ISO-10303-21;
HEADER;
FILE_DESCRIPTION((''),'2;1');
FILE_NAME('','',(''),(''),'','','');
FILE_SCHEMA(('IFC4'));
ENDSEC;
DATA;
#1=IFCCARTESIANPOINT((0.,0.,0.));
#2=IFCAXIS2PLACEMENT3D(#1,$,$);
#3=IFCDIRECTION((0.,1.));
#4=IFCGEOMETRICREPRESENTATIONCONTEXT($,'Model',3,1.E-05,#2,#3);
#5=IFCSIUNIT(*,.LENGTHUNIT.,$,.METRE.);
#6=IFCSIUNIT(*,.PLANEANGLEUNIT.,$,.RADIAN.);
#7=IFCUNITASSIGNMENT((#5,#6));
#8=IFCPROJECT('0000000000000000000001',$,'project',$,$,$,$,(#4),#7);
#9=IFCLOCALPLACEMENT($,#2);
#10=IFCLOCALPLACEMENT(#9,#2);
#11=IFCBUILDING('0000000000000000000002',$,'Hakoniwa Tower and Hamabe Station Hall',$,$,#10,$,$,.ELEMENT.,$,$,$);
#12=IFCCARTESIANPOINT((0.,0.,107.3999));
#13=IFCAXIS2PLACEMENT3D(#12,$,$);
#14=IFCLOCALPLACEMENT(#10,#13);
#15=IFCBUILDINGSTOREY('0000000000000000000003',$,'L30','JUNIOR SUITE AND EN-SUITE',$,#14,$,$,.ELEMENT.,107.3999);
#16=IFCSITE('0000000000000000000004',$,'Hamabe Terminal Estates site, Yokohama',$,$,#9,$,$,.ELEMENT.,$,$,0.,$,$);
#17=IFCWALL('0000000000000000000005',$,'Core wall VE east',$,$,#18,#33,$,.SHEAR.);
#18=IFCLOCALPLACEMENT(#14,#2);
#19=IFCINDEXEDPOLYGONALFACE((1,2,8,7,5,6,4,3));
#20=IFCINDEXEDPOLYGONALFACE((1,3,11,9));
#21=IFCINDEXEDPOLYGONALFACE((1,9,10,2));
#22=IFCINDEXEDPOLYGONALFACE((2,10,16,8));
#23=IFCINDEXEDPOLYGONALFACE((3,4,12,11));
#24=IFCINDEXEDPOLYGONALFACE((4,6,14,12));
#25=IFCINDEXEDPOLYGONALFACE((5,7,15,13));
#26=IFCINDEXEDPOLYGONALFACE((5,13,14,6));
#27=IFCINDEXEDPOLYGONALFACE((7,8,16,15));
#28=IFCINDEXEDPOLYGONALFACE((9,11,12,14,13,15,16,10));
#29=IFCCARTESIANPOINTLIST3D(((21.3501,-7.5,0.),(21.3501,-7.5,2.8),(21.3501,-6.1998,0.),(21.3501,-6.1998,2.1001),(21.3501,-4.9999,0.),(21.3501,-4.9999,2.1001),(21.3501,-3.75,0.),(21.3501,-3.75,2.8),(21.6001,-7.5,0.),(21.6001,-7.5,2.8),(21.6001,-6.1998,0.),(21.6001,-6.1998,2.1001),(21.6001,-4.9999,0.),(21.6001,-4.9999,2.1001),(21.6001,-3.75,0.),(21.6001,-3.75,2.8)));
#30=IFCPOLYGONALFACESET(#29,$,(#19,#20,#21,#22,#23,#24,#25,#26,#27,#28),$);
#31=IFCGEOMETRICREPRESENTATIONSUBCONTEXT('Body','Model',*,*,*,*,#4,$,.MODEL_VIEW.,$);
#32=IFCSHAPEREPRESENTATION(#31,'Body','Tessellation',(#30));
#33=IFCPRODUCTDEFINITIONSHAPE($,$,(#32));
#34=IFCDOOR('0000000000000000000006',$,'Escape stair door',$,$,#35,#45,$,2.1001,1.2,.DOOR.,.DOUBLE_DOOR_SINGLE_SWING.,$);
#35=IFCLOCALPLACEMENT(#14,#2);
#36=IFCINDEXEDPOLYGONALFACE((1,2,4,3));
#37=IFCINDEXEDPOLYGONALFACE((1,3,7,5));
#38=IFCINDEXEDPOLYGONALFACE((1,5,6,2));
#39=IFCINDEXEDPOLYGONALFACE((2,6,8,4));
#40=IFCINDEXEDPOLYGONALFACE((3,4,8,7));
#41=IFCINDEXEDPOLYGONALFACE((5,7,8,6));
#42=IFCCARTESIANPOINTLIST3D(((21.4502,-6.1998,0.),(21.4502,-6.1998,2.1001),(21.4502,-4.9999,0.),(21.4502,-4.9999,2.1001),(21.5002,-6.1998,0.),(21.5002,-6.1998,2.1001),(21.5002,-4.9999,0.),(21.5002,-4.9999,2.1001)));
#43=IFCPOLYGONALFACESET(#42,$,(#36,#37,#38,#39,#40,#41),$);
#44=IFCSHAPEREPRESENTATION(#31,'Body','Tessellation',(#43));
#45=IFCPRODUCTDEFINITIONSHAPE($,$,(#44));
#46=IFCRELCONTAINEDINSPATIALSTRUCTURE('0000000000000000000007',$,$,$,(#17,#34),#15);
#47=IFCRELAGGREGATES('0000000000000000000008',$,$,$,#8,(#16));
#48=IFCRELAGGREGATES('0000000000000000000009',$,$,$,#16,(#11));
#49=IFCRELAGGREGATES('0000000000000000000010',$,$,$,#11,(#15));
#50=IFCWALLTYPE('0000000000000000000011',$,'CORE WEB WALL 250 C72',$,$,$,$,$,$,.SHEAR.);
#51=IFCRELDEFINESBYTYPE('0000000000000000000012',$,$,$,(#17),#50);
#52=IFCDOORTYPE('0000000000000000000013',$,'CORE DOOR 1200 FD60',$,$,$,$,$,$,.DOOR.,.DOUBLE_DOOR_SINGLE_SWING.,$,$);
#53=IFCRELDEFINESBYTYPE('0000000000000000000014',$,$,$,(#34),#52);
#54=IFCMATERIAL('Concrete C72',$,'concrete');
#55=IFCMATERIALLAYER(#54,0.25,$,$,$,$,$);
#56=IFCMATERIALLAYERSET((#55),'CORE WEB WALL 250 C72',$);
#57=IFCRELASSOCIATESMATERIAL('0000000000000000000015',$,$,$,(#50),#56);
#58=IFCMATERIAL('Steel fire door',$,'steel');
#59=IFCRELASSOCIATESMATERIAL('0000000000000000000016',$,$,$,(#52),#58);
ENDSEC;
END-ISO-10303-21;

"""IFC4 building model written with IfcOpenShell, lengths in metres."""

from ifc_helpers import new_model, si_unit, direction, frame, frame_2d, origin, place, context, subcontext, project, spatial, rectangle, extrude, material, layer, layer_set, type_object, element, fill, save


model = new_model("IFC4")

# Units and contexts
model_context = context("Model", 3, precision=1e-05, world=origin(), true_north=direction((0.0, 1.0)))
body_context = subcontext(model_context, "Body", "Model", "MODEL_VIEW")
ifc_project = project(units=[si_unit("LENGTHUNIT", "METRE"), si_unit("PLANEANGLEUNIT", "RADIAN")], contexts=[model_context])

# Site, building, storey
site_placement = place(None, origin())
site = spatial("IfcSite", under=ifc_project, at=site_placement, Name="Hamabe Terminal Estates site, Yokohama", CompositionType="ELEMENT", RefElevation=0.0)
building_placement = place(site_placement, origin())
building = spatial("IfcBuilding", under=site, at=building_placement, Name="Hakoniwa Tower and Hamabe Station Hall", CompositionType="ELEMENT")
storey_placement = place(building_placement, frame((0.0, 0.0, 107.3999)))
storey = spatial("IfcBuildingStorey", under=building, at=storey_placement, Name="L30", Description="JUNIOR SUITE AND EN-SUITE", CompositionType="ELEMENT", Elevation=107.3999)

# Shared definitions
ifc_material_1 = material(Name="Concrete C72", Category="concrete")
ifc_layer_1 = layer(ifc_material_1, 0.25)
ifc_layer_set_1 = layer_set([ifc_layer_1], Name="CORE WEB WALL 250 C72")
wall_type_1 = type_object("IfcWallType", Name="CORE WEB WALL 250 C72", PredefinedType="SHEAR", material=ifc_layer_set_1)

# Wall, opening, door
wall_1_placement = place(storey_placement, frame((21.4751, -7.5, 0.0), z_axis=(0.0, 0.0, 1.0), x_axis=(0.0, 1.0, 0.0)))
wall_1 = element("IfcWall", 1, at=wall_1_placement, inside=storey, type_object=wall_type_1, Name="Core wall VE east", PredefinedType="SHEAR", context=body_context, shape_type="SweptSolid", body=[
    extrude(rectangle(XDim=3.75, YDim=0.25, at=frame_2d((1.875, 0.0))), origin(), (0.0, 0.0, 1.0), 2.8),
])
opening_1_placement = place(wall_1_placement, frame((1.3, 0.0, 0.0)))
opening_1 = element("IfcOpeningElement", 2, at=opening_1_placement, cuts=wall_1, PredefinedType="OPENING", context=body_context, shape_type="SweptSolid", body=[
    extrude(rectangle(XDim=1.2, YDim=2.1001, at=frame_2d((0.6001, 1.05))), frame((0.0, 0.135, 0.0), z_axis=(0.0, -1.0, 0.0), x_axis=(1.0, 0.0, 0.0)), (0.0, 0.0, 1.0), 0.27),
])
ifc_material_2 = material(Name="Steel fire door", Category="steel")
door_type_1 = type_object("IfcDoorType", Name="CORE DOOR 1200 FD60", OperationType="DOUBLE_DOOR_SINGLE_SWING", PredefinedType="DOOR", material=ifc_material_2)
door_1_placement = place(opening_1_placement, origin())
door_1 = element("IfcDoor", 3, at=door_1_placement, inside=storey, type_object=door_type_1, Name="Escape stair door", OperationType="DOUBLE_DOOR_SINGLE_SWING", OverallHeight=2.1001, OverallWidth=1.2, PredefinedType="DOOR", context=body_context, shape_type="SweptSolid", body=[
    extrude(rectangle(XDim=1.2, YDim=2.1001, at=frame_2d((0.6001, 1.05))), frame((0.0, 0.0249, 0.0), z_axis=(0.0, -1.0, 0.0), x_axis=(1.0, 0.0, 0.0)), (0.0, 0.0, 1.0), 0.05),
])
fill(opening_1, door_1)

save(model, "model.ifc")
